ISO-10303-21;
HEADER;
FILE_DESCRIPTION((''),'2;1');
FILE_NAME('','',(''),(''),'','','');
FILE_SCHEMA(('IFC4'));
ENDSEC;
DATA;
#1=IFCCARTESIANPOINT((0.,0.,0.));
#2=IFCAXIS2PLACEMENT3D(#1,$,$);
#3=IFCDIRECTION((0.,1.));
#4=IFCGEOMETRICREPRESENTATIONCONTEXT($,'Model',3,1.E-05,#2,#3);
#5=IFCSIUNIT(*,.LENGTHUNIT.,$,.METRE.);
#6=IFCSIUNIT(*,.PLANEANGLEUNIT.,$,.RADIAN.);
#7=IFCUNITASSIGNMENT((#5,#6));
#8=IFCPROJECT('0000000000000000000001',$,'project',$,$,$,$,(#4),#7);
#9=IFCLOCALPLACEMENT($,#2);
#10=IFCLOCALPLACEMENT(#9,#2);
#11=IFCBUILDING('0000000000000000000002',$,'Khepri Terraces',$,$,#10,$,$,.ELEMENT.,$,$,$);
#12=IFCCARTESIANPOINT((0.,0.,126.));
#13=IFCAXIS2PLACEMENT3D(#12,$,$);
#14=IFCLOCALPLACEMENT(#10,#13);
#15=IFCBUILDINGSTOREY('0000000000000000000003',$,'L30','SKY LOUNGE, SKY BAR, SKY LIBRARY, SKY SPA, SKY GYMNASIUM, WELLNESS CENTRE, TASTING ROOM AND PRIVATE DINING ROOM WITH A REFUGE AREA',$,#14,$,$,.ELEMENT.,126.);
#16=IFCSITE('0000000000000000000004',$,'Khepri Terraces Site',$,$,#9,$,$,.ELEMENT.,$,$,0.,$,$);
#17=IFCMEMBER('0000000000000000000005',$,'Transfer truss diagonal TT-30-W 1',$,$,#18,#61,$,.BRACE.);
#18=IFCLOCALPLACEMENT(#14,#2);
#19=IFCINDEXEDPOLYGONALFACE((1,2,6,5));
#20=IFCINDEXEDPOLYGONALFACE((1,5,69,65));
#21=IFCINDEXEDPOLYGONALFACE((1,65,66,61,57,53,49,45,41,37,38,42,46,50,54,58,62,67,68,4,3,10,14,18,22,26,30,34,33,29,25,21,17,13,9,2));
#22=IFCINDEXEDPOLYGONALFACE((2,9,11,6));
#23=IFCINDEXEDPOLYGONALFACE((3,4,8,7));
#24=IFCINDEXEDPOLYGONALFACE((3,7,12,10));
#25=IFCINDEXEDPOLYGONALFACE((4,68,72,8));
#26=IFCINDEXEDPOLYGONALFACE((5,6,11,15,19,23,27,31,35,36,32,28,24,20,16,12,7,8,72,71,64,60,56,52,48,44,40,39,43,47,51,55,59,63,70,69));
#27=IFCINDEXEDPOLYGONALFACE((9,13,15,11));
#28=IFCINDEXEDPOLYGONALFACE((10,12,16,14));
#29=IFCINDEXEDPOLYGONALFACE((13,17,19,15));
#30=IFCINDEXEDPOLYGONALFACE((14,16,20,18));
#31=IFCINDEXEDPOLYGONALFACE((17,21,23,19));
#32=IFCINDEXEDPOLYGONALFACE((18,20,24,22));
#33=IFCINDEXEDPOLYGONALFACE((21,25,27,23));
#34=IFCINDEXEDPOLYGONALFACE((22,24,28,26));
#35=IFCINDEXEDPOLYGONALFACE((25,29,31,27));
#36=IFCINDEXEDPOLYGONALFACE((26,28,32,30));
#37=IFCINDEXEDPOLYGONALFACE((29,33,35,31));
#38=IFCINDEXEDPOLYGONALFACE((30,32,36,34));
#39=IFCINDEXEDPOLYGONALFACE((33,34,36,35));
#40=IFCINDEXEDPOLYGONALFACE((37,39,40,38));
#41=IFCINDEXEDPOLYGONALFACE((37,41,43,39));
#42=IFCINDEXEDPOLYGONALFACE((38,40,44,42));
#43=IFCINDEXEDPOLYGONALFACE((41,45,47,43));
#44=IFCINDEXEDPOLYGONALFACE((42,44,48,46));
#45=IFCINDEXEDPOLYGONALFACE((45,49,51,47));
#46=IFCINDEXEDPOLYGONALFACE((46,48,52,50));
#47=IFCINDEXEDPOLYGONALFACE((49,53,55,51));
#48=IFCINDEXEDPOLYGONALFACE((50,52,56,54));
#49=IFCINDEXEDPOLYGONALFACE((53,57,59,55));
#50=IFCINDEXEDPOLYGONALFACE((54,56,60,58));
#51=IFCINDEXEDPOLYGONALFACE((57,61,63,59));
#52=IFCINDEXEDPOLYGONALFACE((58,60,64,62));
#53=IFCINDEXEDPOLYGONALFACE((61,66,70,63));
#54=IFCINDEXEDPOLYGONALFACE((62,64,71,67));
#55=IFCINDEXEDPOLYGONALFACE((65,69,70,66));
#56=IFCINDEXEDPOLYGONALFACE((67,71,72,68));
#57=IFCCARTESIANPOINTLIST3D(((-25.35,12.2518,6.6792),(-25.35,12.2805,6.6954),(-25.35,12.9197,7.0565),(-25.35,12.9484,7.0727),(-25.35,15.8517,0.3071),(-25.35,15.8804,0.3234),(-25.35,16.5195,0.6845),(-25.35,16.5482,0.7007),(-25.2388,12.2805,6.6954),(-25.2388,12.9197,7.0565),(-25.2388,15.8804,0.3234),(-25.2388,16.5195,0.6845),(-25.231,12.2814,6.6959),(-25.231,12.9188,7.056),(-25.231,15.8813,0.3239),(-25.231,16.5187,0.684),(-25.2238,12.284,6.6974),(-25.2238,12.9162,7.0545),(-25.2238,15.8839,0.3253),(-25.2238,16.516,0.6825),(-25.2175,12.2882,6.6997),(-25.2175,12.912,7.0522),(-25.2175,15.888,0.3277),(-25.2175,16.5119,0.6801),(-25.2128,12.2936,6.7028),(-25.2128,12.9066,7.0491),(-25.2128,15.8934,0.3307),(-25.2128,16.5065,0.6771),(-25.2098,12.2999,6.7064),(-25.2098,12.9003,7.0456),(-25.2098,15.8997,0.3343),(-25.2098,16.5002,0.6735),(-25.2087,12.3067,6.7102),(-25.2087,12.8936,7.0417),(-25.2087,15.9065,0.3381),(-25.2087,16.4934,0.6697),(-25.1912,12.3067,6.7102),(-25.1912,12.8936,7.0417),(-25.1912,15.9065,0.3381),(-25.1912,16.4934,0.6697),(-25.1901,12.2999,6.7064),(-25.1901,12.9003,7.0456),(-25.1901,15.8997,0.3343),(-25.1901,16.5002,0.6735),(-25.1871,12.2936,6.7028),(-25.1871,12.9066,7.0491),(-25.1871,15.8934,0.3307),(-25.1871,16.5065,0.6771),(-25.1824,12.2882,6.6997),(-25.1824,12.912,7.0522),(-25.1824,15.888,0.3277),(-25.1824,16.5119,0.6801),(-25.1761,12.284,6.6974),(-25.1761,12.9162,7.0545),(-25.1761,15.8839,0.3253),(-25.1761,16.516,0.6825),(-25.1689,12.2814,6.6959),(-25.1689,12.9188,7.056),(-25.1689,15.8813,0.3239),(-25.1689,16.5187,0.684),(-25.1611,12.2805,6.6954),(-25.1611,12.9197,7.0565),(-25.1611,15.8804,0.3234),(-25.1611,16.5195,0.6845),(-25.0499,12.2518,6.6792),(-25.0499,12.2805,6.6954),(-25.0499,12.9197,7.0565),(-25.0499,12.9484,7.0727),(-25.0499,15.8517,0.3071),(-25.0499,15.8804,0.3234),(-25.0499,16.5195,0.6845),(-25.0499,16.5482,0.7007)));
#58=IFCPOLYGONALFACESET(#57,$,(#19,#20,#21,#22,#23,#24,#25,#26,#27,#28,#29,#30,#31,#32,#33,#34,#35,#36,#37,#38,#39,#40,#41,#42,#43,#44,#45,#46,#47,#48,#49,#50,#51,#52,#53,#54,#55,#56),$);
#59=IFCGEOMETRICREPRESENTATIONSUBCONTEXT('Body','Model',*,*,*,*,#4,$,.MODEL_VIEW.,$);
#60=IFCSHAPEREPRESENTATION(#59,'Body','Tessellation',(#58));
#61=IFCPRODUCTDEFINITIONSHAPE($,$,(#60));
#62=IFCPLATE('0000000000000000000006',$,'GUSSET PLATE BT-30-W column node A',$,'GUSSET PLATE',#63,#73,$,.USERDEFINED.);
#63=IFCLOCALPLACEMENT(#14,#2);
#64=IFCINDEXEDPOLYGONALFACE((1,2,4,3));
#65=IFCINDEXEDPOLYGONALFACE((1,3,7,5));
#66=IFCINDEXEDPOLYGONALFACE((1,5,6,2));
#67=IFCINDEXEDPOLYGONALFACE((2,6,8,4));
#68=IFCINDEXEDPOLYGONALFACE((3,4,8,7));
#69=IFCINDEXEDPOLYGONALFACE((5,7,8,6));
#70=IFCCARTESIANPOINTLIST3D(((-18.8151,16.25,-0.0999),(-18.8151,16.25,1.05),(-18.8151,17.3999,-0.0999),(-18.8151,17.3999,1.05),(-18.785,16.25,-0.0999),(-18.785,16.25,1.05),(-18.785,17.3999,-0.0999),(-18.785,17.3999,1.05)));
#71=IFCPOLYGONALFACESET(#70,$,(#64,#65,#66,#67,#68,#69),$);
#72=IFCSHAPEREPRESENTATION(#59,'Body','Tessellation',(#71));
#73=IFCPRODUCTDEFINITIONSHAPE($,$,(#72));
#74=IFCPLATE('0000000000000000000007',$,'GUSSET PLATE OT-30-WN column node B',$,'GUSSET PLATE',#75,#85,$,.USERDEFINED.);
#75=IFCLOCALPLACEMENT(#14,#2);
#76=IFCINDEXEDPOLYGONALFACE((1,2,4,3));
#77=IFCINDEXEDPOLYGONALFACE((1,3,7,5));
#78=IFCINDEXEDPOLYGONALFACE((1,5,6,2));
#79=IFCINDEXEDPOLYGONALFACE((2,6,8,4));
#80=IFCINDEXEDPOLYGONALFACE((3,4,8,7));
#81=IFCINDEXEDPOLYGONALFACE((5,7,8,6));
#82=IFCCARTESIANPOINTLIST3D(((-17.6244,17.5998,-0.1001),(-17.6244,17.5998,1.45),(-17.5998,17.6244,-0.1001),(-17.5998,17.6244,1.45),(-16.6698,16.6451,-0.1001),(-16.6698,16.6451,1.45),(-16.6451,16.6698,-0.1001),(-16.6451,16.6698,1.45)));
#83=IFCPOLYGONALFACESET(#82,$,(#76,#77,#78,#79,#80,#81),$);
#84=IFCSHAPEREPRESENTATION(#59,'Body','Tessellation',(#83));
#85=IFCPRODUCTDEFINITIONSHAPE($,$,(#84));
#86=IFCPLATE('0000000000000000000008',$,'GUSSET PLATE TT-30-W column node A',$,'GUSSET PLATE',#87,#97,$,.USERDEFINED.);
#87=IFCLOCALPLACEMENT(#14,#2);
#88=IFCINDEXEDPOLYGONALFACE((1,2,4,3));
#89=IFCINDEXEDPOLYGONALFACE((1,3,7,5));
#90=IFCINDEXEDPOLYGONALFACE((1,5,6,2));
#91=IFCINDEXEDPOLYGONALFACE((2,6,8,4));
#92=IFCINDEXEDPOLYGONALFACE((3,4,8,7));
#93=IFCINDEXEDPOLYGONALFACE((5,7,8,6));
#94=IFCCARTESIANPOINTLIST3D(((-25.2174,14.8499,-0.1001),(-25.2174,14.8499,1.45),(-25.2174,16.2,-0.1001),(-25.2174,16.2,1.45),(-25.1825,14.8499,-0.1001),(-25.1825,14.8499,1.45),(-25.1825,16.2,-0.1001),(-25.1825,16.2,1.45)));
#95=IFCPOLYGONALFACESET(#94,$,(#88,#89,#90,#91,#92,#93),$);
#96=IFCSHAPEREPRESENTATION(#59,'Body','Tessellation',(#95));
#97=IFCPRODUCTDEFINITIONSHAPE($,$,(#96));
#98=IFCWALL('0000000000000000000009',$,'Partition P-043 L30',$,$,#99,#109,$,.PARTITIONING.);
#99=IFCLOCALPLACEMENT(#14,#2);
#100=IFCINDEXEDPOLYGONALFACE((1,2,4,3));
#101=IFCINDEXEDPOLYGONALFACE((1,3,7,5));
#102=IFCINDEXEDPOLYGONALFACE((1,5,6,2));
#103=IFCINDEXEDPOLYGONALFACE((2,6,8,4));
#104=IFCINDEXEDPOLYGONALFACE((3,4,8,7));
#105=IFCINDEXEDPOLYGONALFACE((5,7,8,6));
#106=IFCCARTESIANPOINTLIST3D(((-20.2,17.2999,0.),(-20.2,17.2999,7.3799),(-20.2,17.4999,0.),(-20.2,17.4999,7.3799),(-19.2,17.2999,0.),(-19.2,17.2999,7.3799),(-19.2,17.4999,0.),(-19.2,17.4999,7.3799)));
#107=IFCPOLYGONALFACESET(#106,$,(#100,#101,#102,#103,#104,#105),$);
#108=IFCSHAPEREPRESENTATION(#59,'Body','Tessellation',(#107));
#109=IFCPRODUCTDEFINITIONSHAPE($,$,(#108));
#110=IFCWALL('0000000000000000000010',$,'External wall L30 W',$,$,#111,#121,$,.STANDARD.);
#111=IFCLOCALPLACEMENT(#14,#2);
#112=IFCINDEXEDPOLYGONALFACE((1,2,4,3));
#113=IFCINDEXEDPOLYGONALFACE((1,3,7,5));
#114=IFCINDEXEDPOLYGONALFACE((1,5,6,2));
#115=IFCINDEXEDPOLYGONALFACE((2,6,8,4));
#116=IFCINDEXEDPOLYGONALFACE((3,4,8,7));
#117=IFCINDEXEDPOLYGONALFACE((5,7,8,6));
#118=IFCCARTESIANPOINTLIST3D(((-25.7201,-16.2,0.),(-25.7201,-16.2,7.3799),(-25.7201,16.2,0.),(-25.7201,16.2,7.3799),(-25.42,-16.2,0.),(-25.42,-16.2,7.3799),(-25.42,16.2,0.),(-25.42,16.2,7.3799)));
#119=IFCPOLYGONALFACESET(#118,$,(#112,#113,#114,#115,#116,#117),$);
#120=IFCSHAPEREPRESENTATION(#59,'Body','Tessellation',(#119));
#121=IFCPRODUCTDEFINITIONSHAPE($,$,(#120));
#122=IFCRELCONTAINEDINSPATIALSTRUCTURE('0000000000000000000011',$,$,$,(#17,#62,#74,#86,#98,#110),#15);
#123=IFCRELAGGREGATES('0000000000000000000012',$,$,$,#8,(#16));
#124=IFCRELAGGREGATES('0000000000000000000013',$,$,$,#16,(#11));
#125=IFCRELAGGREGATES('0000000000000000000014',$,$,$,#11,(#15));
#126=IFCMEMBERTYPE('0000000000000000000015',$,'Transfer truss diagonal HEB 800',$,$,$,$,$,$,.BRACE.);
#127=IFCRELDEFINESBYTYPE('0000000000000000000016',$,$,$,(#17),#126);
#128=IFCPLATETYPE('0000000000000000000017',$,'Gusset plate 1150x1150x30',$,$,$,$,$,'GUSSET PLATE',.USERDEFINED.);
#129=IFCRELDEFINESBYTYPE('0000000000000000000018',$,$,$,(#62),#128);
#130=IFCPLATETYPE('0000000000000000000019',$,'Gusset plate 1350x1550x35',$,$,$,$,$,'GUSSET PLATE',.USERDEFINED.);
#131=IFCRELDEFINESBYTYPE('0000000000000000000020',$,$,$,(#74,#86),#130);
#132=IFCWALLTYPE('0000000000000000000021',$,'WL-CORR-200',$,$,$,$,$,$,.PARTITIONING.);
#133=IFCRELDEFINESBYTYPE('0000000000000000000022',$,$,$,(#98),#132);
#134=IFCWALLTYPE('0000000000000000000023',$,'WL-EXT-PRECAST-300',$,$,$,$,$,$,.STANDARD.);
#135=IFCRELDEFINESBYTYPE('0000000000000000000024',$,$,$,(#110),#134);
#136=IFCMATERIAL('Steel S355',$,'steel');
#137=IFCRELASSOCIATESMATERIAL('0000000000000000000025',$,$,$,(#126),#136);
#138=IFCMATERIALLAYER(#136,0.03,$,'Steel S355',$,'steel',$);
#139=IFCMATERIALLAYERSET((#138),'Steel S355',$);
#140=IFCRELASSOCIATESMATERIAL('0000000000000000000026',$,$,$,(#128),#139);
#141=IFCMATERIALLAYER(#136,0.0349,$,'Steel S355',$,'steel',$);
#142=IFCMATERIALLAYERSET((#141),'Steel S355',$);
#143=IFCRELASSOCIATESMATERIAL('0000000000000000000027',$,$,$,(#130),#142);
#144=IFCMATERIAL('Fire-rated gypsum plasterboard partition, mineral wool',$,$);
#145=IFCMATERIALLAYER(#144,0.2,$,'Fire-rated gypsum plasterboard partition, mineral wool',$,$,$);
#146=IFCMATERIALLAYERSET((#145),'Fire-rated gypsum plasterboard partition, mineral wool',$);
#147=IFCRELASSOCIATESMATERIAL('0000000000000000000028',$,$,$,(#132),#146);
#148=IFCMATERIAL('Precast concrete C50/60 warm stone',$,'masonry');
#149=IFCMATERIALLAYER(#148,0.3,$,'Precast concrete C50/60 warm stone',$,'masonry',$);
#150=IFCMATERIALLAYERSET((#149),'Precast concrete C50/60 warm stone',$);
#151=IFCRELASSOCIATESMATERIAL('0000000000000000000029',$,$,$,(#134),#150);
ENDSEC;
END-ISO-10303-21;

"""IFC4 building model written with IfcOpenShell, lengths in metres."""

from ifc_helpers import new_model, si_unit, direction, frame, frame_2d, origin, origin_2d, place, context, subcontext, project, spatial, rectangle, i_section, extrude, material, layer, layer_set, material_profile, profile_set, type_object, element, save


model = new_model("IFC4")

# Units and contexts
model_context = context("Model", 3, precision=1e-05, world=origin(), true_north=direction((0.0, 1.0)))
body_context = subcontext(model_context, "Body", "Model", "MODEL_VIEW")
ifc_project = project(units=[si_unit("LENGTHUNIT", "METRE"), si_unit("PLANEANGLEUNIT", "RADIAN")], contexts=[model_context])

# Site, building, storey
site_placement = place(None, origin())
site = spatial("IfcSite", under=ifc_project, at=site_placement, Name="Khepri Terraces Site", CompositionType="ELEMENT", RefElevation=0.0)
building_placement = place(site_placement, origin())
building = spatial("IfcBuilding", under=site, at=building_placement, Name="Khepri Terraces", CompositionType="ELEMENT")
storey_placement = place(building_placement, frame((0.0, 0.0, 126.0)))
storey = spatial("IfcBuildingStorey", under=building, at=storey_placement, Name="L30", Description="SKY LOUNGE, SKY BAR, SKY LIBRARY, SKY SPA, SKY GYMNASIUM, WELLNESS CENTRE, TASTING ROOM AND PRIVATE DINING ROOM WITH A REFUGE AREA", CompositionType="ELEMENT", Elevation=126.0)

# Member
ifc_material_1 = material(Name="Steel S355", Category="steel")
ifc_material_profile_1 = material_profile(ifc_material_1, i_section(OverallWidth=0.3, OverallDepth=0.8, WebThickness=0.0176, FlangeThickness=0.033, FilletRadius=0.03, at=origin_2d()), Name="Steel S355", Category="steel")
ifc_profile_set_1 = profile_set([ifc_material_profile_1], Name="Steel S355")
member_type_1 = type_object("IfcMemberType", Name="Transfer truss diagonal HEB 800", PredefinedType="BRACE", material=ifc_profile_set_1)
member_1_placement = place(storey_placement, frame((-25.2, 16.2, 0.5039), z_axis=(0.0, -0.491876, 0.870665), x_axis=(1.0, 0.0, 0.0)))
element("IfcMember", 1, at=member_1_placement, inside=storey, type_object=member_type_1, Name="Transfer truss diagonal TT-30-W 1", PredefinedType="BRACE", context=body_context, shape_type="SweptSolid", body=[
    extrude(i_section(OverallWidth=0.3, OverallDepth=0.8, WebThickness=0.0176, FlangeThickness=0.033, FilletRadius=0.03, at=origin_2d()), origin(), (0.0, 0.0, 1.0), 7.3186),
])

# Plates
ifc_layer_1 = layer(ifc_material_1, 0.03, Name="Steel S355", Category="steel")
ifc_layer_set_1 = layer_set([ifc_layer_1], Name="Steel S355")
plate_type_1 = type_object("IfcPlateType", Name="Gusset plate 1150x1150x30", ElementType="GUSSET PLATE", PredefinedType="USERDEFINED", material=ifc_layer_set_1)
plate_placement = place(storey_placement, frame((-18.8, 16.825, -0.0999), z_axis=(0.0, 0.0, 1.0), x_axis=(0.0, -1.0, 0.0)))
element("IfcPlate", 2, at=plate_placement, inside=storey, type_object=plate_type_1, Name="GUSSET PLATE BT-30-W column node A", ObjectType="GUSSET PLATE", PredefinedType="USERDEFINED", context=body_context, shape_type="SweptSolid", body=[
    extrude(rectangle(XDim=1.1499, YDim=0.03, at=origin_2d()), origin(), (0.0, 0.0, 1.0), 1.1499),
])
ifc_layer_2 = layer(ifc_material_1, 0.0349, Name="Steel S355", Category="steel")
ifc_layer_set_2 = layer_set([ifc_layer_2], Name="Steel S355")
plate_type_2 = type_object("IfcPlateType", Name="Gusset plate 1350x1550x35", ElementType="GUSSET PLATE", PredefinedType="USERDEFINED", material=ifc_layer_set_2)
for number, where, z_axis, x_axis, name in (
    (3, (-17.1348, 17.1348, -0.1001), (0.0, 0.0, 1.0), (-0.707107, 0.707107, 0.0), "GUSSET PLATE OT-30-WN column node B"),
    (4, (-25.2, 15.5249, -0.1001), (0.0, 0.0, 1.0), (0.0, -1.0, 0.0), "GUSSET PLATE TT-30-W column node A"),
):
    element("IfcPlate", number, at=place(storey_placement, frame(where, z_axis=z_axis, x_axis=x_axis)), inside=storey, type_object=plate_type_2, Name=name, ObjectType="GUSSET PLATE", PredefinedType="USERDEFINED", context=body_context, shape_type="SweptSolid", body=[
        extrude(rectangle(XDim=1.3501, YDim=0.0349, at=origin_2d()), origin(), (0.0, 0.0, 1.0), 1.55),
    ])

# Walls
ifc_material_2 = material(Name="Fire-rated gypsum plasterboard partition, mineral wool")
ifc_layer_3 = layer(ifc_material_2, 0.2, Name="Fire-rated gypsum plasterboard partition, mineral wool")
ifc_layer_set_3 = layer_set([ifc_layer_3], Name="Fire-rated gypsum plasterboard partition, mineral wool")
wall_type_1 = type_object("IfcWallType", Name="WL-CORR-200", PredefinedType="PARTITIONING", material=ifc_layer_set_3)
wall_1_placement = place(storey_placement, frame((-20.2, 17.3999, 0.0), z_axis=(0.0, 0.0, 1.0), x_axis=(1.0, 0.0, 0.0)))
element("IfcWall", 5, at=wall_1_placement, inside=storey, type_object=wall_type_1, Name="Partition P-043 L30", PredefinedType="PARTITIONING", context=body_context, shape_type="SweptSolid", body=[
    extrude(rectangle(XDim=1.0, YDim=0.2, at=frame_2d((0.5, 0.0))), origin(), (0.0, 0.0, 1.0), 7.3799),
])
ifc_material_3 = material(Name="Precast concrete C50/60 warm stone", Category="masonry")
ifc_layer_4 = layer(ifc_material_3, 0.3, Name="Precast concrete C50/60 warm stone", Category="masonry")
ifc_layer_set_4 = layer_set([ifc_layer_4], Name="Precast concrete C50/60 warm stone")
wall_type_2 = type_object("IfcWallType", Name="WL-EXT-PRECAST-300", PredefinedType="STANDARD", material=ifc_layer_set_4)
wall_2_placement = place(storey_placement, frame((-25.5701, 16.2, 0.0), z_axis=(0.0, 0.0, 1.0), x_axis=(0.0, -1.0, 0.0)))
element("IfcWall", 6, at=wall_2_placement, inside=storey, type_object=wall_type_2, Name="External wall L30 W", PredefinedType="STANDARD", context=body_context, shape_type="SweptSolid", body=[
    extrude(rectangle(XDim=32.3999, YDim=0.3, at=frame_2d((16.2, 0.0))), origin(), (0.0, 0.0, 1.0), 7.3799),
])

save(model, "model.ifc")
